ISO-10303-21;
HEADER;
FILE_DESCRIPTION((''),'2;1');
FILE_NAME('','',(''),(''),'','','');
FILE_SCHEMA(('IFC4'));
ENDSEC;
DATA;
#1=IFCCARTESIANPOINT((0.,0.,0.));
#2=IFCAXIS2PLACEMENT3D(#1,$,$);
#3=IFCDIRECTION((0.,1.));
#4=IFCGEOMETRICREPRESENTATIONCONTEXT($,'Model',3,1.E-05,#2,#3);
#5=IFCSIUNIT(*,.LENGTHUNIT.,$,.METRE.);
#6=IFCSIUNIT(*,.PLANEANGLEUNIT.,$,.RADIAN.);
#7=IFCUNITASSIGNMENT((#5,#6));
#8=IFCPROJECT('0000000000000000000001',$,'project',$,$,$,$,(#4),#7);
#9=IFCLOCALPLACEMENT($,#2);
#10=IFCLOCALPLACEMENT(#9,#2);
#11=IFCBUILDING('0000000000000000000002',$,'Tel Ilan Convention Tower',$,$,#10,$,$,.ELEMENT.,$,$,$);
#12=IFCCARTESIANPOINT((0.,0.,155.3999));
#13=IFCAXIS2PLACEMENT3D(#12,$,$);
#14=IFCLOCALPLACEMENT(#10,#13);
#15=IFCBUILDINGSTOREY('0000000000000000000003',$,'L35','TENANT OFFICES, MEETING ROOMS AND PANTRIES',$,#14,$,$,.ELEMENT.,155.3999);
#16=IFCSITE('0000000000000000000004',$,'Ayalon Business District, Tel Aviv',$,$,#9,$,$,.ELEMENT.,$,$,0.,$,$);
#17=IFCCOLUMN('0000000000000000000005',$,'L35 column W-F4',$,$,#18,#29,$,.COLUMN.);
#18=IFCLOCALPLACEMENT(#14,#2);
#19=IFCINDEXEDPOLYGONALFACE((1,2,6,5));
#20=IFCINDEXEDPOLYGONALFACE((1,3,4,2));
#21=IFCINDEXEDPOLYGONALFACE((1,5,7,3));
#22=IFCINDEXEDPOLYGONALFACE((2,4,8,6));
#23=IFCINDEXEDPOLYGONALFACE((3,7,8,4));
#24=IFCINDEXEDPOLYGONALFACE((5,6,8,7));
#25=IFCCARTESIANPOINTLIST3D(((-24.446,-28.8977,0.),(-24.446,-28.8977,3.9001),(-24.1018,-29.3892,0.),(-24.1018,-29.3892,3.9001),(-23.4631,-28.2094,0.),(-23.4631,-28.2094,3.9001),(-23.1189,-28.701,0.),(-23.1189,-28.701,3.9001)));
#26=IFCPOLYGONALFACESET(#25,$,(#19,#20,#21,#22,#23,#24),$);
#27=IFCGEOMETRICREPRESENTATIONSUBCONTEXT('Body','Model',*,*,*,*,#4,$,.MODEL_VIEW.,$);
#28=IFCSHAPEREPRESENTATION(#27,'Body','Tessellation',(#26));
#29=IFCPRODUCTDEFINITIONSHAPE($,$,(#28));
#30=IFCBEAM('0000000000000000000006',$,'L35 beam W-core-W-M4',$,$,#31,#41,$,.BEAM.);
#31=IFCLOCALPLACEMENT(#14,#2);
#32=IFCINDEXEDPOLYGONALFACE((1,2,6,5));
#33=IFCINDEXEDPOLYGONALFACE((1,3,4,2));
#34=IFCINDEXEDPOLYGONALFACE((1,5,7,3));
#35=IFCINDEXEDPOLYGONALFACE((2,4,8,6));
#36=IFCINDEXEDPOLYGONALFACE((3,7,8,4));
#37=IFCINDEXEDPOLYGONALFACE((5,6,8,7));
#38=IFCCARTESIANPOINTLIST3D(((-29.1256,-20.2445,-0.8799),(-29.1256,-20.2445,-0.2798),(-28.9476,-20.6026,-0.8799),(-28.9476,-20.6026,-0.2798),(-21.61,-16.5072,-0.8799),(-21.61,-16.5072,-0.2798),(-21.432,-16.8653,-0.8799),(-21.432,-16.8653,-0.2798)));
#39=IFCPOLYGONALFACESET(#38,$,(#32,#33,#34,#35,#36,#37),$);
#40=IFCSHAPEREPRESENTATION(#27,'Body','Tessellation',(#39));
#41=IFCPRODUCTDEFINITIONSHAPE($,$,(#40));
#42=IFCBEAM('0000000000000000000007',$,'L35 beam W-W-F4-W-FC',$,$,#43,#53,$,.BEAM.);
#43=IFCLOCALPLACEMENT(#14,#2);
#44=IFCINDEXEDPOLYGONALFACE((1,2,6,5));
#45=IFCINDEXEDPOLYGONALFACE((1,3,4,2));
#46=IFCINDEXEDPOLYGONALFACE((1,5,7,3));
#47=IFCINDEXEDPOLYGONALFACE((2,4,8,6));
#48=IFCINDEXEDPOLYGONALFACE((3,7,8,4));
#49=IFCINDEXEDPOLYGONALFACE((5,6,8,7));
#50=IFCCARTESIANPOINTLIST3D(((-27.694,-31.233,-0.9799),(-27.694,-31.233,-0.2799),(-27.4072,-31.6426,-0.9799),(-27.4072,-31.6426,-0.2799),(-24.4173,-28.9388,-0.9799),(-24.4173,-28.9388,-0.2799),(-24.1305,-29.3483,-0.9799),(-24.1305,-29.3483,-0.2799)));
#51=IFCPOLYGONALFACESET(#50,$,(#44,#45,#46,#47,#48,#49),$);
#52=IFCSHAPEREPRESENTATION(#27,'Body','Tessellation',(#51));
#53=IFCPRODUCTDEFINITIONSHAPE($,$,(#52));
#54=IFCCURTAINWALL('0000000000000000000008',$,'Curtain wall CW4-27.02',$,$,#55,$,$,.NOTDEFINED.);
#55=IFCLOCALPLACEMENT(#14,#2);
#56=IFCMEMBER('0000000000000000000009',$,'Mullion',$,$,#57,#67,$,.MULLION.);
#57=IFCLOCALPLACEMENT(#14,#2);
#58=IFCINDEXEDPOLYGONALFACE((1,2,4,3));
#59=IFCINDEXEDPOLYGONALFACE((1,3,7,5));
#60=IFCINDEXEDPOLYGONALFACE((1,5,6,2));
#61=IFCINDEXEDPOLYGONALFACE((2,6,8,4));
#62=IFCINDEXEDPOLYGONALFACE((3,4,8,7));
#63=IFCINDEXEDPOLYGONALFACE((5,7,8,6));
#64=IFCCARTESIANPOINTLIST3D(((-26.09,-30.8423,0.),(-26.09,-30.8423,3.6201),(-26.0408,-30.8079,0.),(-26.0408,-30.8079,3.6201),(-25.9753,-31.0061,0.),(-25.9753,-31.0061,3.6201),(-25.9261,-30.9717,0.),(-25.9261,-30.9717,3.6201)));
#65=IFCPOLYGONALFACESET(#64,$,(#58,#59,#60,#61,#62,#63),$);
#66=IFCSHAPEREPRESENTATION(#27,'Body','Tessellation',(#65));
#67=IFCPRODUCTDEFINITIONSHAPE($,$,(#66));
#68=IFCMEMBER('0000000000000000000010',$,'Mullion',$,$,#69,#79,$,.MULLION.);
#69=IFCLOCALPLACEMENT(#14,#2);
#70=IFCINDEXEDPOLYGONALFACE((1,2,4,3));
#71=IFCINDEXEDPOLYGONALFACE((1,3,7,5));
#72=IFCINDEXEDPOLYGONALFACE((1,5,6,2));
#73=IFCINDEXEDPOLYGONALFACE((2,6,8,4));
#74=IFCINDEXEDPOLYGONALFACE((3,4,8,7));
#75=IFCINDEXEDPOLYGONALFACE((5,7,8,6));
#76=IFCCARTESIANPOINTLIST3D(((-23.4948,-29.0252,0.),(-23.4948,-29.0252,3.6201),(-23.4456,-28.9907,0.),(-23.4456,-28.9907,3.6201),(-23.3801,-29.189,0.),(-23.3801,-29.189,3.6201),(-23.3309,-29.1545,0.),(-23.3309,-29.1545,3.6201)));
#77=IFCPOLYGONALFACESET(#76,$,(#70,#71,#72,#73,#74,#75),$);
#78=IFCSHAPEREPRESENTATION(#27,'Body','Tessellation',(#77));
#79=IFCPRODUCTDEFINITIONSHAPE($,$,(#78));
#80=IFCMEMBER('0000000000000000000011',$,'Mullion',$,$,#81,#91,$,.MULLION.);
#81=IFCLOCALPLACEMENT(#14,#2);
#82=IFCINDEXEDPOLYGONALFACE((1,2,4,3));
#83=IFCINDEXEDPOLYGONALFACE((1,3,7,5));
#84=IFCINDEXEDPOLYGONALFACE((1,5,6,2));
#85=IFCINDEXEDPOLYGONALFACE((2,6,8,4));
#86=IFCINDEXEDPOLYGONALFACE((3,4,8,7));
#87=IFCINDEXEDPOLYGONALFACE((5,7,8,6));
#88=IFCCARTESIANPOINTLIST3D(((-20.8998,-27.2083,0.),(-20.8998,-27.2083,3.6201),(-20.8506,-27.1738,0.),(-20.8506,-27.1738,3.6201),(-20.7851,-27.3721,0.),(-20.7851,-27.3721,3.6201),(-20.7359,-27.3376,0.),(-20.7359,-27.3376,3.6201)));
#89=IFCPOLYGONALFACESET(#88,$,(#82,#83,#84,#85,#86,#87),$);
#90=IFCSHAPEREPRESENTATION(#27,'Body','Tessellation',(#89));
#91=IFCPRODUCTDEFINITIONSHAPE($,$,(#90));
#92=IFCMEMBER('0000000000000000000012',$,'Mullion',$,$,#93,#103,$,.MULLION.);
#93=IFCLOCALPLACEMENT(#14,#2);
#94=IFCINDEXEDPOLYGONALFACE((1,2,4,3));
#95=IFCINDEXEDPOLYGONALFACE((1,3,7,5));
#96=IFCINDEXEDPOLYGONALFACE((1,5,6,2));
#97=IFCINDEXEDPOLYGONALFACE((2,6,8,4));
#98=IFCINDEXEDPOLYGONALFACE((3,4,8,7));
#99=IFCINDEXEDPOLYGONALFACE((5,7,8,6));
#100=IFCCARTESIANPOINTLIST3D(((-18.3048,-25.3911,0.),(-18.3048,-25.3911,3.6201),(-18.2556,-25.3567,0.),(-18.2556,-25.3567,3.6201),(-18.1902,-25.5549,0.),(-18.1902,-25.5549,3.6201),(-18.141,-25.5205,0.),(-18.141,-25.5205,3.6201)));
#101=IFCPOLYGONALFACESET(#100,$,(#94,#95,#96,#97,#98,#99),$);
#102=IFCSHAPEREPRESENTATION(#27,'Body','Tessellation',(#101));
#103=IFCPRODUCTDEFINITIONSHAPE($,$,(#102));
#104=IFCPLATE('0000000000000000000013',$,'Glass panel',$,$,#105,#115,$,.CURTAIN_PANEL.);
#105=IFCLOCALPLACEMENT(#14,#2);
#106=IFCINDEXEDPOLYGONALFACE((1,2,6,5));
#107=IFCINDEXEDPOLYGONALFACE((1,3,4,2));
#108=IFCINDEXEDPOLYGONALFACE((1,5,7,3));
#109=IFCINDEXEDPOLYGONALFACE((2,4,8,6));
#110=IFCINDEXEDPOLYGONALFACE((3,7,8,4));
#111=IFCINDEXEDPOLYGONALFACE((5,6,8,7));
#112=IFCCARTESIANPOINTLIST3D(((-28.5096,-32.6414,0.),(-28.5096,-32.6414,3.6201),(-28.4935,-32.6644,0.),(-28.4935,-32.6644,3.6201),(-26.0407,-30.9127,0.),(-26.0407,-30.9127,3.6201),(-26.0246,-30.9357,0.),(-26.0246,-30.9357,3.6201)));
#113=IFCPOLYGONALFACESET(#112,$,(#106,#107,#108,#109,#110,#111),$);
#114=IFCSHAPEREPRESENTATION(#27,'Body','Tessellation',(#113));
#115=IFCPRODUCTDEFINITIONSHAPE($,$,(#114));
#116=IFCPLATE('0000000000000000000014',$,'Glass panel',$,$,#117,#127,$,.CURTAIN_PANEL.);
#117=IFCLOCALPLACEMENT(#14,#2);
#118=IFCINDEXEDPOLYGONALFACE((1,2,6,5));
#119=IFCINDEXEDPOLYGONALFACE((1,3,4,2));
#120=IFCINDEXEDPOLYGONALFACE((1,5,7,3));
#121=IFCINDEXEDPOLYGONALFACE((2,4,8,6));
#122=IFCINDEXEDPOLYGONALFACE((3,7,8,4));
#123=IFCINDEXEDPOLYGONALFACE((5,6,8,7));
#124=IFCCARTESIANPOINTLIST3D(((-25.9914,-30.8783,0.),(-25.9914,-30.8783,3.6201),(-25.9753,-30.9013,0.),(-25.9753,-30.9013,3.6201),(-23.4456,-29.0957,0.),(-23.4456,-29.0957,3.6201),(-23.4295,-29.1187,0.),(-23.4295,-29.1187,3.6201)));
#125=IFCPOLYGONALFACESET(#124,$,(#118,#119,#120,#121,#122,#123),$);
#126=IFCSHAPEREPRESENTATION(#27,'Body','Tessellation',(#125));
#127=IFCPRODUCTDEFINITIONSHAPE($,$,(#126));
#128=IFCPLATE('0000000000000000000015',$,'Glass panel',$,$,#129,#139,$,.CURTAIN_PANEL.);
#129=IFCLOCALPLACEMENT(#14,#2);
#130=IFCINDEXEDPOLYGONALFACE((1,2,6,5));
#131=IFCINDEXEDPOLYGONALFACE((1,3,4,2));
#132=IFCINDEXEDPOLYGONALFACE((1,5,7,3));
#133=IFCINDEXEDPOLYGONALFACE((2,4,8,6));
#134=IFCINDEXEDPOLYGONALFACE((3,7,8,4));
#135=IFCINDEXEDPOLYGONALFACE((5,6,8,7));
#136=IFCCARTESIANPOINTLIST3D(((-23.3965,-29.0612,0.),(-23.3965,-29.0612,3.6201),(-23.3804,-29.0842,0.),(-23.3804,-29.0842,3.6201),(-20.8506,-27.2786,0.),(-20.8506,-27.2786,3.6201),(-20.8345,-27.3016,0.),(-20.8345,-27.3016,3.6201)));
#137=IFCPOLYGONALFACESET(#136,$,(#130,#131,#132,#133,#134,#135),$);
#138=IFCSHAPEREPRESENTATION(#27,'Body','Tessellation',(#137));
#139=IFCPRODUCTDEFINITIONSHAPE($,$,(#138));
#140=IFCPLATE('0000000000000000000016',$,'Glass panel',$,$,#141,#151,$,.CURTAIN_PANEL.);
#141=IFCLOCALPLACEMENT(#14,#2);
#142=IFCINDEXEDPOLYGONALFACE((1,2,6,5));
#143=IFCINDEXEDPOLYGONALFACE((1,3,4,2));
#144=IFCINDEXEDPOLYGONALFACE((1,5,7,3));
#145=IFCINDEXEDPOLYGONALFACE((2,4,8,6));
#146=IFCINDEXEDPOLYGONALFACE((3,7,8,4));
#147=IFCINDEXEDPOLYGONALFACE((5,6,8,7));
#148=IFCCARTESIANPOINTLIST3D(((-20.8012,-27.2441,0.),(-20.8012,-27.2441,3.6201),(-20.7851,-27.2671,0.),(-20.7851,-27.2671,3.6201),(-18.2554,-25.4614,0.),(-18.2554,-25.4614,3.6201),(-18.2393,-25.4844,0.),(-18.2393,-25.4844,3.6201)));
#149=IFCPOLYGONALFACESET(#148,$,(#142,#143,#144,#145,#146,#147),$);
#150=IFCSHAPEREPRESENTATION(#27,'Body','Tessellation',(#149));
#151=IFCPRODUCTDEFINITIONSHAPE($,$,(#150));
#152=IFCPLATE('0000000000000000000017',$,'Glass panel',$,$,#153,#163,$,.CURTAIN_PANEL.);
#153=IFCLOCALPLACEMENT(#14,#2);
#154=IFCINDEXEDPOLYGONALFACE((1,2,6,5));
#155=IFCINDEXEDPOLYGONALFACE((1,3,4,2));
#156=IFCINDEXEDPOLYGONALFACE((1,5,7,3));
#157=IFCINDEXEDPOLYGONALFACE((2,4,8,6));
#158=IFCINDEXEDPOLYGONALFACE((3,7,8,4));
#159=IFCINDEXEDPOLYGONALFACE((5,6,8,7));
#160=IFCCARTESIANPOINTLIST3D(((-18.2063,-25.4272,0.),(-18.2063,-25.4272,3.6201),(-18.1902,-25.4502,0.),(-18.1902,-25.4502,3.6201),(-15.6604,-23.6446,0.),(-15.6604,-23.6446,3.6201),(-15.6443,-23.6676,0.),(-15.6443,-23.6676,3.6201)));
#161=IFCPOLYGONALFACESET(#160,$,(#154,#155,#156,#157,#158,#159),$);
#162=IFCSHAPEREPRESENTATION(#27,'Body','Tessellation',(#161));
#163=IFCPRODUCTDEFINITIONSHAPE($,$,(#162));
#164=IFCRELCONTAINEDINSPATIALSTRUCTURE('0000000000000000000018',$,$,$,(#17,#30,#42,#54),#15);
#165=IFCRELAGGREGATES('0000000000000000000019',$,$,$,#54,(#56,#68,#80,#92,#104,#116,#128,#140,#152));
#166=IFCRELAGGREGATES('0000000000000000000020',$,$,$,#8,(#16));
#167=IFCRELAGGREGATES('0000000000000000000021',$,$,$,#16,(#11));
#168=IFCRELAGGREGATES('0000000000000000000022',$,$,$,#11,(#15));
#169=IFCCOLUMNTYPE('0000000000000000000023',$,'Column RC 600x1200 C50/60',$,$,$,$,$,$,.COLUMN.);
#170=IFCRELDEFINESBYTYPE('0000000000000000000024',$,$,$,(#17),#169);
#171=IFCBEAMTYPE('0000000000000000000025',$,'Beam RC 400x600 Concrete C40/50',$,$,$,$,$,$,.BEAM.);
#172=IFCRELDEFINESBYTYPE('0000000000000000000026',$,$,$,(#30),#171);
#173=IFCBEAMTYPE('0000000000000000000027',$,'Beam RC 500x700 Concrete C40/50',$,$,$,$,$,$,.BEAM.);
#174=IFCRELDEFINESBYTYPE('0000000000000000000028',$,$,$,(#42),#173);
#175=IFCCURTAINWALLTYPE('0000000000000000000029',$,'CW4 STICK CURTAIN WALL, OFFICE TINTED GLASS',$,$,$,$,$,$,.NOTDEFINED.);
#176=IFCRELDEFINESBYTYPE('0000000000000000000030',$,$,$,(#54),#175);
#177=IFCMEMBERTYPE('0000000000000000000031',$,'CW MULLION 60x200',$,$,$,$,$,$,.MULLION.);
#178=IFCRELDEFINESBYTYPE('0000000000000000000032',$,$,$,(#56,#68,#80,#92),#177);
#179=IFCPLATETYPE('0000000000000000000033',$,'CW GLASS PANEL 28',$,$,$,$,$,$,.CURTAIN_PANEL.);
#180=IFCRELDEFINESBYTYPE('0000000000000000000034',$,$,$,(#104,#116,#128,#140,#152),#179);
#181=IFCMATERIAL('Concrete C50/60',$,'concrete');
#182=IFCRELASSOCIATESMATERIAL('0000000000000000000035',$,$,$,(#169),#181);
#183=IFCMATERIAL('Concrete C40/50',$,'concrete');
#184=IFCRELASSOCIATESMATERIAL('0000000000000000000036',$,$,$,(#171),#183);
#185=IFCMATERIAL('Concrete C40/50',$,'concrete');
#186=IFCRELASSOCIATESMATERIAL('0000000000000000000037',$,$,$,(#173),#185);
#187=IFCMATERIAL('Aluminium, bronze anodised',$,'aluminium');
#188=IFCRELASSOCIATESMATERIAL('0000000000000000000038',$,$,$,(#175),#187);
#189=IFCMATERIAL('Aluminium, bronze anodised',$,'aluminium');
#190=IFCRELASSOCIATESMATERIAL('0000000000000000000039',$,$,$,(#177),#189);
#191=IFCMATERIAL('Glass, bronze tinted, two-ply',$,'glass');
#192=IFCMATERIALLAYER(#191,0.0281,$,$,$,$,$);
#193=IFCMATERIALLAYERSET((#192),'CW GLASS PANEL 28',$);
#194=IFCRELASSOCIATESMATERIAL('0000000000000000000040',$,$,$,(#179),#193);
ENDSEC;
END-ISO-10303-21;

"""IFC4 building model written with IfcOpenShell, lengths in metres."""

from ifc_helpers import new_model, si_unit, direction, frame, origin, origin_2d, place, context, subcontext, project, spatial, rectangle, extrude, material, layer, layer_set, material_profile, profile_set, type_object, element, aggregate, save


model = new_model("IFC4")

# Units and contexts
model_context = context("Model", 3, precision=1e-05, world=origin(), true_north=direction((0.0, 1.0)))
body_context = subcontext(model_context, "Body", "Model", "MODEL_VIEW")
ifc_project = project(units=[si_unit("LENGTHUNIT", "METRE"), si_unit("PLANEANGLEUNIT", "RADIAN")], contexts=[model_context])

# Site, building, storey
site_placement = place(None, origin())
site = spatial("IfcSite", under=ifc_project, at=site_placement, Name="Ayalon Business District, Tel Aviv", CompositionType="ELEMENT", RefElevation=0.0)
building_placement = place(site_placement, origin())
building = spatial("IfcBuilding", under=site, at=building_placement, Name="Tel Ilan Convention Tower", CompositionType="ELEMENT")
storey_placement = place(building_placement, frame((0.0, 0.0, 155.3999)))
storey = spatial("IfcBuildingStorey", under=building, at=storey_placement, Name="L35", Description="TENANT OFFICES, MEETING ROOMS AND PANTRIES", CompositionType="ELEMENT", Elevation=155.3999)

# Column
ifc_material_1 = material(Name="Concrete C50/60", Category="concrete")
ifc_material_profile_1 = material_profile(ifc_material_1, rectangle(XDim=1.2, YDim=0.6001, at=origin_2d()), Name="RC 600x1200")
ifc_profile_set_1 = profile_set([ifc_material_profile_1], Name="Concrete C50/60")
column_type = type_object("IfcColumnType", Name="Column RC 600x1200 C50/60", PredefinedType="COLUMN", material=ifc_profile_set_1)
column_placement = place(storey_placement, frame((-23.7825, -28.7993, 0.0), z_axis=(0.0, 0.0, 1.0), x_axis=(-0.819152, -0.573576, 0.0)))
element("IfcColumn", 1, at=column_placement, inside=storey, type_object=column_type, Name="L35 column W-F4", PredefinedType="COLUMN", context=body_context, shape_type="SweptSolid", body=[
    extrude(rectangle(XDim=1.2, YDim=0.6001, at=origin_2d()), origin(), (0.0, 0.0, 1.0), 3.9001),
])

# Beams
ifc_material_2 = material(Name="Concrete C40/50", Category="concrete")
ifc_material_profile_2 = material_profile(ifc_material_2, rectangle(XDim=0.3999, YDim=0.6001, at=origin_2d()), Name="RC 400x600")
ifc_profile_set_2 = profile_set([ifc_material_profile_2], Name="Concrete C40/50")
beam_type_1 = type_object("IfcBeamType", Name="Beam RC 400x600 Concrete C40/50", PredefinedType="BEAM", material=ifc_profile_set_2)
beam_1_placement = place(storey_placement, frame((-21.521, -16.6863, -0.5798), z_axis=(-0.895402, -0.445258, 0.0), x_axis=(0.445258, -0.895402, 0.0)))
element("IfcBeam", 2, at=beam_1_placement, inside=storey, type_object=beam_type_1, Name="L35 beam W-core-W-M4", PredefinedType="BEAM", context=body_context, shape_type="SweptSolid", body=[
    extrude(rectangle(XDim=0.3999, YDim=0.6001, at=origin_2d()), origin(), (0.0, 0.0, 1.0), 8.3936),
])
ifc_material_3 = material(Name="Concrete C40/50", Category="concrete")
ifc_material_profile_3 = material_profile(ifc_material_3, rectangle(XDim=0.5, YDim=0.7, at=origin_2d()), Name="RC 500x700")
ifc_profile_set_3 = profile_set([ifc_material_profile_3], Name="Concrete C40/50")
beam_type_2 = type_object("IfcBeamType", Name="Beam RC 500x700 Concrete C40/50", PredefinedType="BEAM", material=ifc_profile_set_3)
beam_2_placement = place(storey_placement, frame((-24.2739, -29.1436, -0.6299), z_axis=(-0.819166, -0.573557, 0.0), x_axis=(0.573557, -0.819166, 0.0)))
element("IfcBeam", 3, at=beam_2_placement, inside=storey, type_object=beam_type_2, Name="L35 beam W-W-F4-W-FC", PredefinedType="BEAM", context=body_context, shape_type="SweptSolid", body=[
    extrude(rectangle(XDim=0.5, YDim=0.7, at=origin_2d()), origin(), (0.0, 0.0, 1.0), 4.0),
])

# Curtain wall, members, plates
ifc_material_4 = material(Name="Aluminium, bronze anodised", Category="aluminium")
curtain_wall_type = type_object("IfcCurtainWallType", Name="CW4 STICK CURTAIN WALL, OFFICE TINTED GLASS", PredefinedType="NOTDEFINED", material=ifc_material_4)
curtain_wall_placement = place(storey_placement, origin())
curtain_wall = element("IfcCurtainWall", 4, at=curtain_wall_placement, inside=storey, type_object=curtain_wall_type, Name="Curtain wall CW4-27.02", PredefinedType="NOTDEFINED")
ifc_material_5 = material(Name="Aluminium, bronze anodised", Category="aluminium")
ifc_material_profile_4 = material_profile(ifc_material_5, rectangle(XDim=0.0601, YDim=0.2, at=origin_2d()), Name="CW MULLION 60x200")
ifc_profile_set_4 = profile_set([ifc_material_profile_4], Name="Aluminium, bronze anodised")
member_type = type_object("IfcMemberType", Name="CW MULLION 60x200", PredefinedType="MULLION", material=ifc_profile_set_4)
member_1_placement = place(storey_placement, frame((-26.0081, -30.907, 0.0), z_axis=(0.0, 0.0, 1.0), x_axis=(0.819152, 0.573576, 0.0)))
member_1 = element("IfcMember", 5, at=member_1_placement, type_object=member_type, Name="Mullion", PredefinedType="MULLION", context=body_context, shape_type="SweptSolid", body=[
    extrude(rectangle(XDim=0.0601, YDim=0.2, at=origin_2d()), origin(), (0.0, 0.0, 1.0), 3.6201),
])
member_2_placement = place(storey_placement, frame((-23.4128, -29.0898, 0.0), z_axis=(0.0, 0.0, 1.0), x_axis=(0.819152, 0.573576, 0.0)))
member_2 = element("IfcMember", 6, at=member_2_placement, type_object=member_type, Name="Mullion", PredefinedType="MULLION", context=body_context, shape_type="SweptSolid", body=[
    extrude(rectangle(XDim=0.0601, YDim=0.2, at=origin_2d()), origin(), (0.0, 0.0, 1.0), 3.6201),
])
member_3_placement = place(storey_placement, frame((-20.8179, -27.2729, 0.0), z_axis=(0.0, 0.0, 1.0), x_axis=(0.819152, 0.573576, 0.0)))
member_3 = element("IfcMember", 7, at=member_3_placement, type_object=member_type, Name="Mullion", PredefinedType="MULLION", context=body_context, shape_type="SweptSolid", body=[
    extrude(rectangle(XDim=0.0601, YDim=0.2, at=origin_2d()), origin(), (0.0, 0.0, 1.0), 3.6201),
])
member_4_placement = place(storey_placement, frame((-18.2229, -25.4558, 0.0), z_axis=(0.0, 0.0, 1.0), x_axis=(0.819152, 0.573576, 0.0)))
member_4 = element("IfcMember", 8, at=member_4_placement, type_object=member_type, Name="Mullion", PredefinedType="MULLION", context=body_context, shape_type="SweptSolid", body=[
    extrude(rectangle(XDim=0.0601, YDim=0.2, at=origin_2d()), origin(), (0.0, 0.0, 1.0), 3.6201),
])
ifc_material_6 = material(Name="Glass, bronze tinted, two-ply", Category="glass")
ifc_layer_1 = layer(ifc_material_6, 0.0281)
ifc_layer_set_1 = layer_set([ifc_layer_1], Name="CW GLASS PANEL 28")
plate_type = type_object("IfcPlateType", Name="CW GLASS PANEL 28", PredefinedType="CURTAIN_PANEL", material=ifc_layer_set_1)
plate_1_placement = place(storey_placement, frame((-27.2671, -31.7886, 0.0), z_axis=(0.0, 0.0, 1.0), x_axis=(0.819152, 0.573576, 0.0)))
plate_1 = element("IfcPlate", 9, at=plate_1_placement, type_object=plate_type, Name="Glass panel", PredefinedType="CURTAIN_PANEL", context=body_context, shape_type="SweptSolid", body=[
    extrude(rectangle(XDim=3.0139, YDim=0.0281, at=origin_2d()), origin(), (0.0, 0.0, 1.0), 3.6201),
])
plate_2_placement = place(storey_placement, frame((-24.7104, -29.9985, 0.0), z_axis=(0.0, 0.0, 1.0), x_axis=(0.819152, 0.573576, 0.0)))
plate_2 = element("IfcPlate", 10, at=plate_2_placement, type_object=plate_type, Name="Glass panel", PredefinedType="CURTAIN_PANEL", context=body_context, shape_type="SweptSolid", body=[
    extrude(rectangle(XDim=3.1079, YDim=0.0281, at=origin_2d()), origin(), (0.0, 0.0, 1.0), 3.6201),
])
plate_3_placement = place(storey_placement, frame((-22.1155, -28.1814, 0.0), z_axis=(0.0, 0.0, 1.0), x_axis=(0.819152, 0.573576, 0.0)))
plate_3 = element("IfcPlate", 11, at=plate_3_placement, type_object=plate_type, Name="Glass panel", PredefinedType="CURTAIN_PANEL", context=body_context, shape_type="SweptSolid", body=[
    extrude(rectangle(XDim=3.1079, YDim=0.0281, at=origin_2d()), origin(), (0.0, 0.0, 1.0), 3.6201),
])
plate_4_placement = place(storey_placement, frame((-19.5203, -26.3643, 0.0), z_axis=(0.0, 0.0, 1.0), x_axis=(0.819152, 0.573576, 0.0)))
plate_4 = element("IfcPlate", 12, at=plate_4_placement, type_object=plate_type, Name="Glass panel", PredefinedType="CURTAIN_PANEL", context=body_context, shape_type="SweptSolid", body=[
    extrude(rectangle(XDim=3.1079, YDim=0.0281, at=origin_2d()), origin(), (0.0, 0.0, 1.0), 3.6201),
])
plate_5_placement = place(storey_placement, frame((-16.9253, -24.5474, 0.0), z_axis=(0.0, 0.0, 1.0), x_axis=(0.819152, 0.573576, 0.0)))
plate_5 = element("IfcPlate", 13, at=plate_5_placement, type_object=plate_type, Name="Glass panel", PredefinedType="CURTAIN_PANEL", context=body_context, shape_type="SweptSolid", body=[
    extrude(rectangle(XDim=3.1079, YDim=0.0281, at=origin_2d()), origin(), (0.0, 0.0, 1.0), 3.6201),
])
aggregate(curtain_wall, [member_1, member_2, member_3, member_4, plate_1, plate_2, plate_3, plate_4, plate_5])

save(model, "model.ifc")
